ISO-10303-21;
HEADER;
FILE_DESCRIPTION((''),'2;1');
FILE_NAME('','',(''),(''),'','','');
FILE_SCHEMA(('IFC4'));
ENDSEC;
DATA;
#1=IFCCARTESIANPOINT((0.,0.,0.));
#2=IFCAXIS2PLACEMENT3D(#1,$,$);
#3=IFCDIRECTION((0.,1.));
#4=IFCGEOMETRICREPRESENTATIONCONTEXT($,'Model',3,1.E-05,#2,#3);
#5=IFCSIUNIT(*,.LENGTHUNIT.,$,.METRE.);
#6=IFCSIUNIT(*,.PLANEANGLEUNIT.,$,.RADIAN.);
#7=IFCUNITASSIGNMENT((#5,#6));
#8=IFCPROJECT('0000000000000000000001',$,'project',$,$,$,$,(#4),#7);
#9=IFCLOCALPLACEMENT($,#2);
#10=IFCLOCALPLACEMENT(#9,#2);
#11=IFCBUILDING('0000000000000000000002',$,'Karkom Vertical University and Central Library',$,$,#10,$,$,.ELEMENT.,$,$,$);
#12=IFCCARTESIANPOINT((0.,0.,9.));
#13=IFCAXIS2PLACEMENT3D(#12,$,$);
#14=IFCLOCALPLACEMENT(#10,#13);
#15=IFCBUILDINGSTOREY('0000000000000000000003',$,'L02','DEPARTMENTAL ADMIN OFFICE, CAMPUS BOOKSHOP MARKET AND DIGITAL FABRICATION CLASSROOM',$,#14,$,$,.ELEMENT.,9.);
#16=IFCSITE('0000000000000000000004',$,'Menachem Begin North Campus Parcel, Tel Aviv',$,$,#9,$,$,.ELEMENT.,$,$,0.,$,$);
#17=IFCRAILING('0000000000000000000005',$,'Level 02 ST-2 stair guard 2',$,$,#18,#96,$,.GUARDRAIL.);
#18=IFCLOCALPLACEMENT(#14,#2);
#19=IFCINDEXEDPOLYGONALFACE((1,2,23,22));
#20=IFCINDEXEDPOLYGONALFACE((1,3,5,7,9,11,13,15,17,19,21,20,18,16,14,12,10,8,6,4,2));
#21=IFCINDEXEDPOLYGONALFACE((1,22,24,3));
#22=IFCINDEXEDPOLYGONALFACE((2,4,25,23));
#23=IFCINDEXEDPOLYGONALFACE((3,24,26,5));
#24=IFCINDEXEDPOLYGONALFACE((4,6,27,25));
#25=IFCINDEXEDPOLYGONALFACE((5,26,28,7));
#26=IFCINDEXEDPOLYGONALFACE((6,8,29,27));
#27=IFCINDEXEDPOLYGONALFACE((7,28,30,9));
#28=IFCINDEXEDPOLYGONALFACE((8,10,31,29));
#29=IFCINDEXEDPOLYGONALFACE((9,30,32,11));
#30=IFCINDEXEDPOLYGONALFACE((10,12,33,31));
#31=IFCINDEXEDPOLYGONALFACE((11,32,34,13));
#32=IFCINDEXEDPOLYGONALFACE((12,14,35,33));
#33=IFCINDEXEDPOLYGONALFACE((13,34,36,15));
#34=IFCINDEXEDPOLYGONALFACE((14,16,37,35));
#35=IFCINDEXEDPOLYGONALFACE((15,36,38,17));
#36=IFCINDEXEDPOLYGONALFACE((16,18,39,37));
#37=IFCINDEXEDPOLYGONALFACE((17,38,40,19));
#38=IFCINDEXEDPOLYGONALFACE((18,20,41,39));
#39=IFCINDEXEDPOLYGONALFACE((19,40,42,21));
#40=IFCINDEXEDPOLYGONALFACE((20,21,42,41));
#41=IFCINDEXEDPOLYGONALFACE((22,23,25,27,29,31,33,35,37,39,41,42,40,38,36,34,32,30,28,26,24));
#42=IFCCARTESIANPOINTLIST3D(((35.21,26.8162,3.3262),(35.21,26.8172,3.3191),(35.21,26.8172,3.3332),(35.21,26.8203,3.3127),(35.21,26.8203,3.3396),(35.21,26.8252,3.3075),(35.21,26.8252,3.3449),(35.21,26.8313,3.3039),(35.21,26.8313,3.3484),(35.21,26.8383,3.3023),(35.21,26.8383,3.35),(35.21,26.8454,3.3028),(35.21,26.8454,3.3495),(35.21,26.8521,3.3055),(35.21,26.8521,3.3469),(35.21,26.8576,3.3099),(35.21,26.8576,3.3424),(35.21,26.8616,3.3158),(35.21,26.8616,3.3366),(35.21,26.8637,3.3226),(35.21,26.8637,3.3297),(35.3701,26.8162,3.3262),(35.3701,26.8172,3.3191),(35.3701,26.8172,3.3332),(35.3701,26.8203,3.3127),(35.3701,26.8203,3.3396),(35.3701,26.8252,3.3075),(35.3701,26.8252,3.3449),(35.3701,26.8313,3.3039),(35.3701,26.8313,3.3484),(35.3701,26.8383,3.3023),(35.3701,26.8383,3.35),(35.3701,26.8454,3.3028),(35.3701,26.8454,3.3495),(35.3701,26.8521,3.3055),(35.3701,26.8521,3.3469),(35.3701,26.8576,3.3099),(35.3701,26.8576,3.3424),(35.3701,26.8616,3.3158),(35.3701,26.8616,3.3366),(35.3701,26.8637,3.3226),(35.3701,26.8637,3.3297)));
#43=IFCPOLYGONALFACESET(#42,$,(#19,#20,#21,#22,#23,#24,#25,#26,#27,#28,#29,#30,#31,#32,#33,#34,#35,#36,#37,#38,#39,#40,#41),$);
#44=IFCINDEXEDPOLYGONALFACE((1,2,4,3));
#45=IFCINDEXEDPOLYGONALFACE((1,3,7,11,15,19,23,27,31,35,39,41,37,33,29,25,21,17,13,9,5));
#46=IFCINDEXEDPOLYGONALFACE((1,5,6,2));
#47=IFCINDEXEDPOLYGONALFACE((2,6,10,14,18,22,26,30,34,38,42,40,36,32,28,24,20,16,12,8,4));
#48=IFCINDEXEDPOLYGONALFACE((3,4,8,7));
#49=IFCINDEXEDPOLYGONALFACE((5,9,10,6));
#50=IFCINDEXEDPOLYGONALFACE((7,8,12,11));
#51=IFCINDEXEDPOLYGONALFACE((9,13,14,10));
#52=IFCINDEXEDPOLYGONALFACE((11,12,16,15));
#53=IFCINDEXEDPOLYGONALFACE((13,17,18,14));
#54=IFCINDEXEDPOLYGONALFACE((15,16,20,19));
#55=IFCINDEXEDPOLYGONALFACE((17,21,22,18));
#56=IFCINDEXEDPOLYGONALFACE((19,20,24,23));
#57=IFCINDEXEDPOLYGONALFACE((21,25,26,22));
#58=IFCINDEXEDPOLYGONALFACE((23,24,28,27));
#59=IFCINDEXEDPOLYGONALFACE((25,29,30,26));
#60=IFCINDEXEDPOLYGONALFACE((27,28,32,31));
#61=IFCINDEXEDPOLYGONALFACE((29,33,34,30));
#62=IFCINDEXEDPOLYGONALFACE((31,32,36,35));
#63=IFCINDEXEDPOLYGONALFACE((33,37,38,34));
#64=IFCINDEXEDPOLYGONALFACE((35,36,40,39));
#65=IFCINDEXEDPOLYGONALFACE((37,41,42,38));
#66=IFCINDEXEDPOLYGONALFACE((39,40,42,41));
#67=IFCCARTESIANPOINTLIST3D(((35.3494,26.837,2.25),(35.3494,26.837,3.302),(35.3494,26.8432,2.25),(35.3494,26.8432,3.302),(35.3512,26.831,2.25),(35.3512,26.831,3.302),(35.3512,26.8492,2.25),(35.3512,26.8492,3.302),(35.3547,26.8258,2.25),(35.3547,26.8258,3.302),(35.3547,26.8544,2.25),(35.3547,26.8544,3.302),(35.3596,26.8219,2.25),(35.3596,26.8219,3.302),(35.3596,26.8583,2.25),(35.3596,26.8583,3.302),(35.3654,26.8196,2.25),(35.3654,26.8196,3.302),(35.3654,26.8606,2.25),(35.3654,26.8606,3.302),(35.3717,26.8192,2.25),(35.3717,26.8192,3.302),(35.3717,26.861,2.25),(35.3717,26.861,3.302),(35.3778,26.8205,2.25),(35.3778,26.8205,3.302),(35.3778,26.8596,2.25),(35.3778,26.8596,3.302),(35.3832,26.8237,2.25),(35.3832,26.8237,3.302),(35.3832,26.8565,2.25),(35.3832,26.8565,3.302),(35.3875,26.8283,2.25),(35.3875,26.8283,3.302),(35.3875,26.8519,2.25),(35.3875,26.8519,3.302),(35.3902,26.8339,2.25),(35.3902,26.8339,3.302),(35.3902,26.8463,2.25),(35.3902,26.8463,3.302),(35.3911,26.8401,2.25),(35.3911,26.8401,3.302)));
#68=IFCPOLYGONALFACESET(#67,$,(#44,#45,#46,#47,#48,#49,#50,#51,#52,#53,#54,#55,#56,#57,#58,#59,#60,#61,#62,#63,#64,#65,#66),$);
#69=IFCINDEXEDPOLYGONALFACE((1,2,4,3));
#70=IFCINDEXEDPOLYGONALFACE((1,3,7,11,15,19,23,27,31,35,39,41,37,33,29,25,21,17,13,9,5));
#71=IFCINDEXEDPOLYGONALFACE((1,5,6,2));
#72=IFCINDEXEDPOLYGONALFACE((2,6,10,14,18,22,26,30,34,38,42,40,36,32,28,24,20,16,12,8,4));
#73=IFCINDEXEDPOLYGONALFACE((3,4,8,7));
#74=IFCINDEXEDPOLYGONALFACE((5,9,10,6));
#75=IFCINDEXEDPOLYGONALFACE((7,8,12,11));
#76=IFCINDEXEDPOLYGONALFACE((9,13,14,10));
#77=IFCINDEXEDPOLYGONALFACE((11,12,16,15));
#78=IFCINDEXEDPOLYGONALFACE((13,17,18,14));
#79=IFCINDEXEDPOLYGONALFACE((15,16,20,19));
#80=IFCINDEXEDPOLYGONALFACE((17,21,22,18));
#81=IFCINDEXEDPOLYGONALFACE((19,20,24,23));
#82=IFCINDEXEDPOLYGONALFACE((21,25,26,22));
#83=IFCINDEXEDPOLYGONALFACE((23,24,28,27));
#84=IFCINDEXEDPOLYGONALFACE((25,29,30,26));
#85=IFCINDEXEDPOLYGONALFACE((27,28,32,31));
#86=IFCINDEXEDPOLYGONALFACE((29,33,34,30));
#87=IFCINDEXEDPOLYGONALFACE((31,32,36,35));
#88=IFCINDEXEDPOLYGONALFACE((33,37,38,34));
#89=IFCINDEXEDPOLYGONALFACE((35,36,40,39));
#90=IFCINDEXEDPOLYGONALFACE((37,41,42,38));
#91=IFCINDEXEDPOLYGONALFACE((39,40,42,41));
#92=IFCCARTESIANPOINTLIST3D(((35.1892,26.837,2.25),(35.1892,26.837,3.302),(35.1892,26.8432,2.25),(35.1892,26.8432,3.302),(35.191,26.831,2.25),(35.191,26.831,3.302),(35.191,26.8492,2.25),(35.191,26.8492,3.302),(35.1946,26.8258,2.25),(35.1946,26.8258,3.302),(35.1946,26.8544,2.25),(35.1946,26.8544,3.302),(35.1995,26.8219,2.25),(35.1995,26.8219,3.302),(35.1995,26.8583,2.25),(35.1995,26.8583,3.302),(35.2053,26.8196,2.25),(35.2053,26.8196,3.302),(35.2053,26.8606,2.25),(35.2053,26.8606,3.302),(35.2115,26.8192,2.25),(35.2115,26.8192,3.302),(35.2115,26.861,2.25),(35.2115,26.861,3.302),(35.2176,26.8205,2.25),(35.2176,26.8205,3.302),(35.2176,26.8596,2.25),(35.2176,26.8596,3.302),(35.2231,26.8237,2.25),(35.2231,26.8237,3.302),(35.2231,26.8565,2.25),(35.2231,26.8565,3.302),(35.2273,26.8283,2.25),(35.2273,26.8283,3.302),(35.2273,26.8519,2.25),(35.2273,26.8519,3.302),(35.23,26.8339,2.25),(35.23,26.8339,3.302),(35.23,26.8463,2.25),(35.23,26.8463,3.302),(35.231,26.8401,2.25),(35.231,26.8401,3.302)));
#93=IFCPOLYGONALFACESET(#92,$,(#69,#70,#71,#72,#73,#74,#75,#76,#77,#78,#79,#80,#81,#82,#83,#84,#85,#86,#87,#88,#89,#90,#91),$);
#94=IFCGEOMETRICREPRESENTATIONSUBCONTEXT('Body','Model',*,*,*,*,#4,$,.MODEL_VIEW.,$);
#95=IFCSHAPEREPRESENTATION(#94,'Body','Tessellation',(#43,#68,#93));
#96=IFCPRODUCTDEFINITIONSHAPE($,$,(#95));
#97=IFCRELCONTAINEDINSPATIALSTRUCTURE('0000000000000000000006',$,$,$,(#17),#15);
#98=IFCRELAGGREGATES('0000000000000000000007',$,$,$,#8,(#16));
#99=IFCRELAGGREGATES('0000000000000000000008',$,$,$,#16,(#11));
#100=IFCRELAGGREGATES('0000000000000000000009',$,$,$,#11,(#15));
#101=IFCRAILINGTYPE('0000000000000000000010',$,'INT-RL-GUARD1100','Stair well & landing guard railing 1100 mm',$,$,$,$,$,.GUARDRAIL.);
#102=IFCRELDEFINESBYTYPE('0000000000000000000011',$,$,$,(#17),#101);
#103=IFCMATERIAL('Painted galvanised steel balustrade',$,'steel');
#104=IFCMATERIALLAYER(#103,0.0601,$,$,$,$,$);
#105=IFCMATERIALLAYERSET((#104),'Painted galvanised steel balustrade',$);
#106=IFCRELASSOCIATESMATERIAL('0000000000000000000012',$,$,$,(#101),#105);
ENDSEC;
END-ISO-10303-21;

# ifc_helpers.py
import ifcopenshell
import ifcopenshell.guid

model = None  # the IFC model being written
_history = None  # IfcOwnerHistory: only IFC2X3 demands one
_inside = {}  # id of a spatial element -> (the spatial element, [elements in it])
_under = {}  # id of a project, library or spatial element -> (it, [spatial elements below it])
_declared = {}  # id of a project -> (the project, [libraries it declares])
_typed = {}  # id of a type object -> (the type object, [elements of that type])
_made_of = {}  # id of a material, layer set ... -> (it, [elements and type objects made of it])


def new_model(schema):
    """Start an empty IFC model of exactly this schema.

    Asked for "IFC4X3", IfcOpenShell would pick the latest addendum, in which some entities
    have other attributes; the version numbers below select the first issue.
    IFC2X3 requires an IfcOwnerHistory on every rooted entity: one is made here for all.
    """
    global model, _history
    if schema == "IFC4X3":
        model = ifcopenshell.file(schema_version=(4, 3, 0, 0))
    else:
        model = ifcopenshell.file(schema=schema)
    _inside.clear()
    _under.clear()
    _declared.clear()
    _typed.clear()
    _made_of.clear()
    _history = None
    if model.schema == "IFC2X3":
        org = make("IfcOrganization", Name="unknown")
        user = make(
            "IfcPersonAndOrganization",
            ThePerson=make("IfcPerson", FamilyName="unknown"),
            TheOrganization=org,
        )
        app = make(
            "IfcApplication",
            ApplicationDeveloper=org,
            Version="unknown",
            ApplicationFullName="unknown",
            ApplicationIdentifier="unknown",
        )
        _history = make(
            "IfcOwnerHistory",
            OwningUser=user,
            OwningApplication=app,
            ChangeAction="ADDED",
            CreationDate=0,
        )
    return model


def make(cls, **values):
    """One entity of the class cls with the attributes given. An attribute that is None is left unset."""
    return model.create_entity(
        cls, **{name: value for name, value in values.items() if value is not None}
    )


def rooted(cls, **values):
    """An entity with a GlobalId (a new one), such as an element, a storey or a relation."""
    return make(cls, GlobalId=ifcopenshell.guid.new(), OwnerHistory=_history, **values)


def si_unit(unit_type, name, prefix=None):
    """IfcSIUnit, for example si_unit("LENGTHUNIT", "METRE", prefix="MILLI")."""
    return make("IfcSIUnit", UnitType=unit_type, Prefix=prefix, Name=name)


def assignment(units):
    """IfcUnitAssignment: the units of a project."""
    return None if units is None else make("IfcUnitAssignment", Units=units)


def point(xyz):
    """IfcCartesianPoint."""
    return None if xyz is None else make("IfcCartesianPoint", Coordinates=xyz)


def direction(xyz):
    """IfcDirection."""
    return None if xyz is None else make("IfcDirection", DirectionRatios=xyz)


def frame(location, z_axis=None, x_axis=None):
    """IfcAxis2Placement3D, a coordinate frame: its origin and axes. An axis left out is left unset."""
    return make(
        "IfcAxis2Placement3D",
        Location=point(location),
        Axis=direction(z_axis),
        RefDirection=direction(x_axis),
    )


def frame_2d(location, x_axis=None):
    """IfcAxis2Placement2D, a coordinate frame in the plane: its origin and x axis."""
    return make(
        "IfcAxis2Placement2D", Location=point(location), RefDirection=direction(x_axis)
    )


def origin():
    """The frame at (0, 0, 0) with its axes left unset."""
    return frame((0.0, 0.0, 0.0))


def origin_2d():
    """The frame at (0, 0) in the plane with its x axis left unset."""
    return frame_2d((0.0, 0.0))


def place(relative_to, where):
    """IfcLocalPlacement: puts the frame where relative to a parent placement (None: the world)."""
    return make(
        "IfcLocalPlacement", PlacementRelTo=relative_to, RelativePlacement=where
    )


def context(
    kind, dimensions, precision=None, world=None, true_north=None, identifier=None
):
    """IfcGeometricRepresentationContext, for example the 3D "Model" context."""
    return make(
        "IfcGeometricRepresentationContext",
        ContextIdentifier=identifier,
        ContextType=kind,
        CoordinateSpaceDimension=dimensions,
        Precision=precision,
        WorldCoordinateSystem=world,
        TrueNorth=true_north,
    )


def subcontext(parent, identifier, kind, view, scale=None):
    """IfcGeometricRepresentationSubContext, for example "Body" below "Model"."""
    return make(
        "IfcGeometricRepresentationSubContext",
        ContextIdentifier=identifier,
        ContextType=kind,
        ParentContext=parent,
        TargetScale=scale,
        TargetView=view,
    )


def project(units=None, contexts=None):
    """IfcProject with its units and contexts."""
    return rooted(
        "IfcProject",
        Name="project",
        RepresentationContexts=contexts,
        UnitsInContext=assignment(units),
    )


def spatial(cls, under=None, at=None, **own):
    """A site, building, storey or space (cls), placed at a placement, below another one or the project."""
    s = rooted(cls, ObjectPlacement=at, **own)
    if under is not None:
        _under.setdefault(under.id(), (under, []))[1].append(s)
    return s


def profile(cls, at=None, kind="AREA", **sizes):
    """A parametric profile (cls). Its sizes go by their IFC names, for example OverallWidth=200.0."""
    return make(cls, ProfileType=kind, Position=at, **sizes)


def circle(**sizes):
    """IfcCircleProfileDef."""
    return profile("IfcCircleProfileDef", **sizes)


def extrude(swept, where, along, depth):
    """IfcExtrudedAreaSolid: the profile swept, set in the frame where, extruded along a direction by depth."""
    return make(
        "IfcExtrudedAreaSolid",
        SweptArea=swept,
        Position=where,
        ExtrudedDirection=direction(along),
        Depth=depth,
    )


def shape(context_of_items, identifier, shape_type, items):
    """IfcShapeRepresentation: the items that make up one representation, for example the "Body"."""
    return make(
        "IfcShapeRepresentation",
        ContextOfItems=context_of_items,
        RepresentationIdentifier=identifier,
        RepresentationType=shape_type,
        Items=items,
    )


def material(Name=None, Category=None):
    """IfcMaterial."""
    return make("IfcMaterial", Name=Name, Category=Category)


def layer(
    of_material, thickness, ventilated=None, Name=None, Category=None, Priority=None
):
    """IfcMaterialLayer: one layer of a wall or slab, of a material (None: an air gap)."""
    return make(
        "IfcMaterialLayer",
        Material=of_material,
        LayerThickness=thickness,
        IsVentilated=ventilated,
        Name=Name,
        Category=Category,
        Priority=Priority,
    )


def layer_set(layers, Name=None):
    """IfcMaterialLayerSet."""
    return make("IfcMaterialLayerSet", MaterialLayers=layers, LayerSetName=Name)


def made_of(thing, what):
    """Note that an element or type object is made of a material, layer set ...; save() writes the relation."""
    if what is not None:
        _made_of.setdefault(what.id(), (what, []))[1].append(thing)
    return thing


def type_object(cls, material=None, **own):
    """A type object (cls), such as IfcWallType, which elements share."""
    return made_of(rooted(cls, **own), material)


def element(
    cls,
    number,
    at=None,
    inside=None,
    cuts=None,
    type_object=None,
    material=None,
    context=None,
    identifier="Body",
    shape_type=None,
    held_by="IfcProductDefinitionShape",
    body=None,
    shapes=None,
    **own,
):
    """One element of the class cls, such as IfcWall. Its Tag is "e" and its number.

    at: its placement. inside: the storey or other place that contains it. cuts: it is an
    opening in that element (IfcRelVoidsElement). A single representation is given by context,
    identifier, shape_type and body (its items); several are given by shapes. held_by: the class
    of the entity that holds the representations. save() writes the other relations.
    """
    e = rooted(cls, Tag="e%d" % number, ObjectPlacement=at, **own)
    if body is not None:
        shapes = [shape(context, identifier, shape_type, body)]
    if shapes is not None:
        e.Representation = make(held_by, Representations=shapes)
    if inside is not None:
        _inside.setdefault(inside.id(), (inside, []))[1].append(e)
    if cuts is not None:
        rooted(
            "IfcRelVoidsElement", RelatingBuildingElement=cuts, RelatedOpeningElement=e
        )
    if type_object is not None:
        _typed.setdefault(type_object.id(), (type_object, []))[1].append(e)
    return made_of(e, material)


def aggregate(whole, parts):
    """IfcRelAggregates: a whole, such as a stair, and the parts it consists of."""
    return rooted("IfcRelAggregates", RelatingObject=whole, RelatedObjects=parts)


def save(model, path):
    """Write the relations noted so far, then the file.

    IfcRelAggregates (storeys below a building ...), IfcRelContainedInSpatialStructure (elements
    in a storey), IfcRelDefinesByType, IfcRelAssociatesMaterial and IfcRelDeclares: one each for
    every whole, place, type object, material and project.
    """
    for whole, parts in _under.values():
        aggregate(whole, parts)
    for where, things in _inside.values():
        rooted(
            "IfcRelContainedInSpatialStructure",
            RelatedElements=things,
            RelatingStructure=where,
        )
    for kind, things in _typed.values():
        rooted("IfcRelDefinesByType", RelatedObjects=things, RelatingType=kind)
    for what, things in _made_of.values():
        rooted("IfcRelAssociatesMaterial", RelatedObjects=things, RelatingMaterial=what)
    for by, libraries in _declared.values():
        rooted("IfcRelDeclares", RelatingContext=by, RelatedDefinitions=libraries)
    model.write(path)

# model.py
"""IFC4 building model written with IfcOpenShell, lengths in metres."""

from ifc_helpers import new_model, si_unit, direction, frame, origin, origin_2d, place, context, subcontext, project, spatial, circle, extrude, material, layer, layer_set, type_object, element, save


model = new_model("IFC4")

# Units and contexts
model_context = context("Model", 3, precision=1e-05, world=origin(), true_north=direction((0.0, 1.0)))
body_context = subcontext(model_context, "Body", "Model", "MODEL_VIEW")
ifc_project = project(units=[si_unit("LENGTHUNIT", "METRE"), si_unit("PLANEANGLEUNIT", "RADIAN")], contexts=[model_context])

# Site, building, storey
site_placement = place(None, origin())
site = spatial("IfcSite", under=ifc_project, at=site_placement, Name="Menachem Begin North Campus Parcel, Tel Aviv", CompositionType="ELEMENT", RefElevation=0.0)
building_placement = place(site_placement, origin())
building = spatial("IfcBuilding", under=site, at=building_placement, Name="Karkom Vertical University and Central Library", CompositionType="ELEMENT")
storey_placement = place(building_placement, frame((0.0, 0.0, 9.0)))
storey = spatial("IfcBuildingStorey", under=building, at=storey_placement, Name="L02", Description="DEPARTMENTAL ADMIN OFFICE, CAMPUS BOOKSHOP MARKET AND DIGITAL FABRICATION CLASSROOM", CompositionType="ELEMENT", Elevation=9.0)

# Railing
ifc_material_1 = material(Name="Painted galvanised steel balustrade", Category="steel")
ifc_layer_1 = layer(ifc_material_1, 0.0601)
ifc_layer_set_1 = layer_set([ifc_layer_1], Name="Painted galvanised steel balustrade")
railing_type_1 = type_object("IfcRailingType", Name="INT-RL-GUARD1100", Description="Stair well & landing guard railing 1100 mm", PredefinedType="GUARDRAIL", material=ifc_layer_set_1)
for number, where, name in (
    (1, (35.3701, 26.8401, 2.25), "Level 02 ST-2 stair guard 2"),
):
    element("IfcRailing", number, at=place(storey_placement, frame(where)), inside=storey, type_object=railing_type_1, Name=name, PredefinedType="GUARDRAIL", context=body_context, shape_type="SweptSolid", body=[
        extrude(circle(Radius=0.0239, at=origin_2d()), frame((0.0, 0.0, 1.0762), z_axis=(-1.0, 0.0, 0.0), x_axis=(0.0, -1.0, 0.0)), (0.0, 0.0, 1.0), 0.1602),
        extrude(circle(Radius=0.021, at=origin_2d()), origin(), (0.0, 0.0, 1.0), 1.052),
        extrude(circle(Radius=0.021, at=origin_2d()), frame((-0.1602, 0.0, 0.0)), (0.0, 0.0, 1.0), 1.052),
    ])

save(model, "model.ifc")
